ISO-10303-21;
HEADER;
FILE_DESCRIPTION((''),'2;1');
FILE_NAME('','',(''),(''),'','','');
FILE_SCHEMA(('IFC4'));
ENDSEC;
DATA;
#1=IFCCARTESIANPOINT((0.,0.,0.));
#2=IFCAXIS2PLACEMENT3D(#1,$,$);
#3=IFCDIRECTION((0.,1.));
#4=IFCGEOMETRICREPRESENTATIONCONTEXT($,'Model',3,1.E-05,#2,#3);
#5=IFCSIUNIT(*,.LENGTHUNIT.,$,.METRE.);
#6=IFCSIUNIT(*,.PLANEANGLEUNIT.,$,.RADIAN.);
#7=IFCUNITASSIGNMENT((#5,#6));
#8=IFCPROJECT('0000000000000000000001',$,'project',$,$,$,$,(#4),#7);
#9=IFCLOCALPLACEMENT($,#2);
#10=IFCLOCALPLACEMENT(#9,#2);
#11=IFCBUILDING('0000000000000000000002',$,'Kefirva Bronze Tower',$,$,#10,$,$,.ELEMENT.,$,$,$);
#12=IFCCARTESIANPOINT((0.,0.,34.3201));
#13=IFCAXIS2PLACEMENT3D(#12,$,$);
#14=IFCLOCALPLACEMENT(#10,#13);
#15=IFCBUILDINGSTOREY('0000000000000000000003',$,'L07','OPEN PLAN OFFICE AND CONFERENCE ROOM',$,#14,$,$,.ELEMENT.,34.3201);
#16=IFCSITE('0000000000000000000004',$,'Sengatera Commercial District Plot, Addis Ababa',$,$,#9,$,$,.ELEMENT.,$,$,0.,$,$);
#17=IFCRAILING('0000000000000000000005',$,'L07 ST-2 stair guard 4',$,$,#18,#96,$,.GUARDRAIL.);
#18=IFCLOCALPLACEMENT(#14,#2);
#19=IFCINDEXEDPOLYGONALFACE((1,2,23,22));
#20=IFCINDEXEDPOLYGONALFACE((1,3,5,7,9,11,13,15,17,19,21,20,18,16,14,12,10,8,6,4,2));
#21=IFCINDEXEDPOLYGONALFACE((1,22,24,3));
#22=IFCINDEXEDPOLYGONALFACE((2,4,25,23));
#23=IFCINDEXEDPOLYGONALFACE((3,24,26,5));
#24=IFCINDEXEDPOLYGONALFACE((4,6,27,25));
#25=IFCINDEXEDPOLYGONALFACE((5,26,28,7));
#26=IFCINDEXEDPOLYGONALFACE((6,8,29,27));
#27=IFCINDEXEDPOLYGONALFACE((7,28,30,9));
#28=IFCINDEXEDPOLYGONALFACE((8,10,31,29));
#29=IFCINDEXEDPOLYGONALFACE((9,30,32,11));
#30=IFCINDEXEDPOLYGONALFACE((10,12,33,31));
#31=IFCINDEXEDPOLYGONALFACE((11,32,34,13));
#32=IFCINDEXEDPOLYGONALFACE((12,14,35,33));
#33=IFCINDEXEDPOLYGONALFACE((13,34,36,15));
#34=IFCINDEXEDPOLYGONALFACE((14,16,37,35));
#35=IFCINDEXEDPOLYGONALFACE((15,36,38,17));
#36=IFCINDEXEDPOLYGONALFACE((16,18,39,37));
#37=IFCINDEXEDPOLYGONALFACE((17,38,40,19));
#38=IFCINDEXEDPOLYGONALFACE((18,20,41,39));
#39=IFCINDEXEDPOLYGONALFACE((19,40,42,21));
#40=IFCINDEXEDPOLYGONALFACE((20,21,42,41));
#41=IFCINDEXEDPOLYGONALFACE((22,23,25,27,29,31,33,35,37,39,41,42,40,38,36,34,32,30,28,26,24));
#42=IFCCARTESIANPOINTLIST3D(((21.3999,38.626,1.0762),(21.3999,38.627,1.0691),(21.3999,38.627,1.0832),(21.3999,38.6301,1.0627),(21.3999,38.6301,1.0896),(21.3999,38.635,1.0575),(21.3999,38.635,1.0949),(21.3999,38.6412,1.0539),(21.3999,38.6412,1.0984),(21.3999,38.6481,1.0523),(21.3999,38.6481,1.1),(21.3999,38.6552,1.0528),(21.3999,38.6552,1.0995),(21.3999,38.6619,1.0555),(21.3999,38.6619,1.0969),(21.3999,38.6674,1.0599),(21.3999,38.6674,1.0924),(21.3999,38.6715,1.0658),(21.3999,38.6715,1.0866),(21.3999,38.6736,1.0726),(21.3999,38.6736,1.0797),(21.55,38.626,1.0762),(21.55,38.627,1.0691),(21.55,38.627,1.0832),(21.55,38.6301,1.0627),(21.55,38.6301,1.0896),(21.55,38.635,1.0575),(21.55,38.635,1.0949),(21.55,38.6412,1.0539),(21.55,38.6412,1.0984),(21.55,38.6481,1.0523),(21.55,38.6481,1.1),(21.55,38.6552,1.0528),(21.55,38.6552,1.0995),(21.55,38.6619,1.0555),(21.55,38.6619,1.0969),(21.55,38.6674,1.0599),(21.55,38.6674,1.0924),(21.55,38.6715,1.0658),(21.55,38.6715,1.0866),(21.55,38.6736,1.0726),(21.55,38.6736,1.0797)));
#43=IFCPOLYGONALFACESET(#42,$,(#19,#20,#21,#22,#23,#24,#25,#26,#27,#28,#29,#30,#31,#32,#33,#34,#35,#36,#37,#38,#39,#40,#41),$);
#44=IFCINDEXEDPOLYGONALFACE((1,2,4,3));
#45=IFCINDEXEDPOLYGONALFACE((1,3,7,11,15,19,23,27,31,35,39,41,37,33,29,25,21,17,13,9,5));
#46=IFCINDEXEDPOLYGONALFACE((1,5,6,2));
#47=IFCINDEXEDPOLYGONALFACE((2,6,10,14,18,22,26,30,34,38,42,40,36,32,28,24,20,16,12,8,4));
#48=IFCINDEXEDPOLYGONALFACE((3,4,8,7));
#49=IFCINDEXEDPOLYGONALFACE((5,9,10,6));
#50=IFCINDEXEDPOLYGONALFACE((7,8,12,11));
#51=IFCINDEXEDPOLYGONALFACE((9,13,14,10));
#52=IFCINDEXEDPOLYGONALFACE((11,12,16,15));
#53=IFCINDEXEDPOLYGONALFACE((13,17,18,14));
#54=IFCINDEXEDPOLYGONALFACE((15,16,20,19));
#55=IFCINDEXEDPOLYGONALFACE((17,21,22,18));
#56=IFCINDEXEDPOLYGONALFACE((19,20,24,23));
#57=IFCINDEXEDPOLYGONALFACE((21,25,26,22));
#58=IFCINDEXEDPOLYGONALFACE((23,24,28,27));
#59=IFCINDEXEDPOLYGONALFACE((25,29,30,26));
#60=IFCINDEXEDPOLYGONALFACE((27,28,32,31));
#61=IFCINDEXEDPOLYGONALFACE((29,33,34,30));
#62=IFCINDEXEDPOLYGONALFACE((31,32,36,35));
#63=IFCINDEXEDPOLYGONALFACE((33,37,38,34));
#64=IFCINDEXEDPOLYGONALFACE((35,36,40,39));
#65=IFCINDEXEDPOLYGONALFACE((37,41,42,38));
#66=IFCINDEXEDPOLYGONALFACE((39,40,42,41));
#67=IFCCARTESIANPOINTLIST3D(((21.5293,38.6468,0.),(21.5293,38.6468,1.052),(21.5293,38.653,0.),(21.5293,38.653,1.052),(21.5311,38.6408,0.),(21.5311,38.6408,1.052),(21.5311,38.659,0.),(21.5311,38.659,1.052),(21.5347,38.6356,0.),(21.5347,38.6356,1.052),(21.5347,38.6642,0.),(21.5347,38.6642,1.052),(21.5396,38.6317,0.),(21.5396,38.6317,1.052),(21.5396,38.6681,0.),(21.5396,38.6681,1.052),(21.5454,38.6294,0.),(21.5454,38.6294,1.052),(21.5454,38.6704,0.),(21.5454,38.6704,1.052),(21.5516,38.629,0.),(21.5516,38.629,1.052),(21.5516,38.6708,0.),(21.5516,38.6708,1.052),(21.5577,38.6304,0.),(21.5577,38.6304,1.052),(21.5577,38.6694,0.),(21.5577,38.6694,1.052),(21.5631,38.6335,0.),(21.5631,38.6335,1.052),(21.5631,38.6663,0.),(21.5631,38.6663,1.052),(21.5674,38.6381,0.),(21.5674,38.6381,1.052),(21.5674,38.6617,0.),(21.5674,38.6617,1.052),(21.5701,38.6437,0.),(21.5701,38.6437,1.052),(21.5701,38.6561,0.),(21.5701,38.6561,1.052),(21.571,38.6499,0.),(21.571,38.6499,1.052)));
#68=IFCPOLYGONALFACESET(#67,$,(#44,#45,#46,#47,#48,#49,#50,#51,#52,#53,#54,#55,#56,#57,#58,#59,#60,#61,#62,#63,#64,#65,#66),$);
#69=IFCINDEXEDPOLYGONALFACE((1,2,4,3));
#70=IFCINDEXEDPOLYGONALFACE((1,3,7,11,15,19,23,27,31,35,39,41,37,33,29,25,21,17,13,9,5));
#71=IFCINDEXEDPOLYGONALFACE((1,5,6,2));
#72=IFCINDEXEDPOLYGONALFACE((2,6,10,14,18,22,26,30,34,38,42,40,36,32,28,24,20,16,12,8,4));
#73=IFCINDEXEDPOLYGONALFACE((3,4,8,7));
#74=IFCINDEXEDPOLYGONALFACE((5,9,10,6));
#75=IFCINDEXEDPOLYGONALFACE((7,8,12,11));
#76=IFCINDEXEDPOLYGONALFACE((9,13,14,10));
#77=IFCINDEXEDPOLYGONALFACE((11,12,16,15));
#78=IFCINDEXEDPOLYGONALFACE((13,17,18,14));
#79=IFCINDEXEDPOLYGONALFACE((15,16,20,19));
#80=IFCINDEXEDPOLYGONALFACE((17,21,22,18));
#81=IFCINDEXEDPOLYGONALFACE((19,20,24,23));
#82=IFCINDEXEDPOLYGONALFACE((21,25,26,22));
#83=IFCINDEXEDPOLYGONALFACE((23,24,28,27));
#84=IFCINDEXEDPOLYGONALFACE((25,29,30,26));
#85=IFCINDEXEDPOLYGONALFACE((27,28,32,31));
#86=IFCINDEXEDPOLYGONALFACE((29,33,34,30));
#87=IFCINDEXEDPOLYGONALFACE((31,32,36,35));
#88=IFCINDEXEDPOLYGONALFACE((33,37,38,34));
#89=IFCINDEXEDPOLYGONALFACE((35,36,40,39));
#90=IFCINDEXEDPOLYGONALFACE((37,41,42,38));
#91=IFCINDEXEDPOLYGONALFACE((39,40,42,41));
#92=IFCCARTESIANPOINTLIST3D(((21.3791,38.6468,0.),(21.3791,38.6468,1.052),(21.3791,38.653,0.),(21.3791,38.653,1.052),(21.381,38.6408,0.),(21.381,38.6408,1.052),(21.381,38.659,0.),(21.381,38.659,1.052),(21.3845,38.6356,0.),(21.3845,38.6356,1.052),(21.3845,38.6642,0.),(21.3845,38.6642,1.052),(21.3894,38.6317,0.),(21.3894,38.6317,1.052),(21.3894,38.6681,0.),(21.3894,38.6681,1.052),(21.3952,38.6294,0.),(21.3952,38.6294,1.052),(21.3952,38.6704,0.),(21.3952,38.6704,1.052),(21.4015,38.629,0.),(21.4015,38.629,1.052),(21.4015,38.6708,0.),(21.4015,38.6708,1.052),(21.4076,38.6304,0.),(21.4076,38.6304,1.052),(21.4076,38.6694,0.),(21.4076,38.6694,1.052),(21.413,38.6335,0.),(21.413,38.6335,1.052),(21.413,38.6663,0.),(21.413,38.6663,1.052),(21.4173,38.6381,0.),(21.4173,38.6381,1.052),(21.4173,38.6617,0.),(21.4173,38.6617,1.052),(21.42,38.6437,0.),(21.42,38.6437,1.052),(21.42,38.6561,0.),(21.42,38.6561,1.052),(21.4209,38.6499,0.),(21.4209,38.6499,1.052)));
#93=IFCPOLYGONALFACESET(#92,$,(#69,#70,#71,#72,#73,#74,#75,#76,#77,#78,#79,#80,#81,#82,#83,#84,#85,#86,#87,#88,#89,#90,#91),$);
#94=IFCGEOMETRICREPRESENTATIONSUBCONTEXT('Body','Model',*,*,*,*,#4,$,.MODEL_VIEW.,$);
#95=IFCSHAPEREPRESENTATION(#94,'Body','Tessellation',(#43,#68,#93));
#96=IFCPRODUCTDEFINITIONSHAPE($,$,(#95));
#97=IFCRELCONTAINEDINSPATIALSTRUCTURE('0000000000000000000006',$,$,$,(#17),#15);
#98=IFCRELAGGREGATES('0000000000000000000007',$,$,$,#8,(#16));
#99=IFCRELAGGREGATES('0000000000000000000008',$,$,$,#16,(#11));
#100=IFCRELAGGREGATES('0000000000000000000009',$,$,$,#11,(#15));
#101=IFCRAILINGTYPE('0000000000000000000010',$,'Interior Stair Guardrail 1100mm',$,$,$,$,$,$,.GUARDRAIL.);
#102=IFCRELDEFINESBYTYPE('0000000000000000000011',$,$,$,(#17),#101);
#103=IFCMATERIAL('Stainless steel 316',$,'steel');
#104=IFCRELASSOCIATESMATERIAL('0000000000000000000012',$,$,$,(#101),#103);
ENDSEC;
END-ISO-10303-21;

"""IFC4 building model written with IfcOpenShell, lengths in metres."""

from ifc_helpers import new_model, si_unit, direction, frame, origin, origin_2d, place, context, subcontext, project, spatial, circle, extrude, material, type_object, element, save


model = new_model("IFC4")

# Units and contexts
model_context = context("Model", 3, precision=1e-05, world=origin(), true_north=direction((0.0, 1.0)))
body_context = subcontext(model_context, "Body", "Model", "MODEL_VIEW")
ifc_project = project(units=[si_unit("LENGTHUNIT", "METRE"), si_unit("PLANEANGLEUNIT", "RADIAN")], contexts=[model_context])

# Site, building, storey
site_placement = place(None, origin())
site = spatial("IfcSite", under=ifc_project, at=site_placement, Name="Sengatera Commercial District Plot, Addis Ababa", CompositionType="ELEMENT", RefElevation=0.0)
building_placement = place(site_placement, origin())
building = spatial("IfcBuilding", under=site, at=building_placement, Name="Kefirva Bronze Tower", CompositionType="ELEMENT")
storey_placement = place(building_placement, frame((0.0, 0.0, 34.3201)))
storey = spatial("IfcBuildingStorey", under=building, at=storey_placement, Name="L07", Description="OPEN PLAN OFFICE AND CONFERENCE ROOM", CompositionType="ELEMENT", Elevation=34.3201)

# Railing
ifc_material_1 = material(Name="Stainless steel 316", Category="steel")
railing_type_1 = type_object("IfcRailingType", Name="Interior Stair Guardrail 1100mm", PredefinedType="GUARDRAIL", material=ifc_material_1)
railing_1_placement = place(storey_placement, frame((21.55, 38.6499, 0.0)))
element("IfcRailing", 1, at=railing_1_placement, inside=storey, type_object=railing_type_1, Name="L07 ST-2 stair guard 4", PredefinedType="GUARDRAIL", context=body_context, shape_type="SweptSolid", body=[
    extrude(circle(Radius=0.0239, at=origin_2d()), frame((0.0, 0.0, 1.0762), z_axis=(-1.0, 0.0, 0.0), x_axis=(0.0, -1.0, 0.0)), (0.0, 0.0, 1.0), 0.1501),
    extrude(circle(Radius=0.021, at=origin_2d()), origin(), (0.0, 0.0, 1.0), 1.052),
    extrude(circle(Radius=0.021, at=origin_2d()), frame((-0.1501, 0.0, 0.0)), (0.0, 0.0, 1.0), 1.052),
])

save(model, "model.ifc")
